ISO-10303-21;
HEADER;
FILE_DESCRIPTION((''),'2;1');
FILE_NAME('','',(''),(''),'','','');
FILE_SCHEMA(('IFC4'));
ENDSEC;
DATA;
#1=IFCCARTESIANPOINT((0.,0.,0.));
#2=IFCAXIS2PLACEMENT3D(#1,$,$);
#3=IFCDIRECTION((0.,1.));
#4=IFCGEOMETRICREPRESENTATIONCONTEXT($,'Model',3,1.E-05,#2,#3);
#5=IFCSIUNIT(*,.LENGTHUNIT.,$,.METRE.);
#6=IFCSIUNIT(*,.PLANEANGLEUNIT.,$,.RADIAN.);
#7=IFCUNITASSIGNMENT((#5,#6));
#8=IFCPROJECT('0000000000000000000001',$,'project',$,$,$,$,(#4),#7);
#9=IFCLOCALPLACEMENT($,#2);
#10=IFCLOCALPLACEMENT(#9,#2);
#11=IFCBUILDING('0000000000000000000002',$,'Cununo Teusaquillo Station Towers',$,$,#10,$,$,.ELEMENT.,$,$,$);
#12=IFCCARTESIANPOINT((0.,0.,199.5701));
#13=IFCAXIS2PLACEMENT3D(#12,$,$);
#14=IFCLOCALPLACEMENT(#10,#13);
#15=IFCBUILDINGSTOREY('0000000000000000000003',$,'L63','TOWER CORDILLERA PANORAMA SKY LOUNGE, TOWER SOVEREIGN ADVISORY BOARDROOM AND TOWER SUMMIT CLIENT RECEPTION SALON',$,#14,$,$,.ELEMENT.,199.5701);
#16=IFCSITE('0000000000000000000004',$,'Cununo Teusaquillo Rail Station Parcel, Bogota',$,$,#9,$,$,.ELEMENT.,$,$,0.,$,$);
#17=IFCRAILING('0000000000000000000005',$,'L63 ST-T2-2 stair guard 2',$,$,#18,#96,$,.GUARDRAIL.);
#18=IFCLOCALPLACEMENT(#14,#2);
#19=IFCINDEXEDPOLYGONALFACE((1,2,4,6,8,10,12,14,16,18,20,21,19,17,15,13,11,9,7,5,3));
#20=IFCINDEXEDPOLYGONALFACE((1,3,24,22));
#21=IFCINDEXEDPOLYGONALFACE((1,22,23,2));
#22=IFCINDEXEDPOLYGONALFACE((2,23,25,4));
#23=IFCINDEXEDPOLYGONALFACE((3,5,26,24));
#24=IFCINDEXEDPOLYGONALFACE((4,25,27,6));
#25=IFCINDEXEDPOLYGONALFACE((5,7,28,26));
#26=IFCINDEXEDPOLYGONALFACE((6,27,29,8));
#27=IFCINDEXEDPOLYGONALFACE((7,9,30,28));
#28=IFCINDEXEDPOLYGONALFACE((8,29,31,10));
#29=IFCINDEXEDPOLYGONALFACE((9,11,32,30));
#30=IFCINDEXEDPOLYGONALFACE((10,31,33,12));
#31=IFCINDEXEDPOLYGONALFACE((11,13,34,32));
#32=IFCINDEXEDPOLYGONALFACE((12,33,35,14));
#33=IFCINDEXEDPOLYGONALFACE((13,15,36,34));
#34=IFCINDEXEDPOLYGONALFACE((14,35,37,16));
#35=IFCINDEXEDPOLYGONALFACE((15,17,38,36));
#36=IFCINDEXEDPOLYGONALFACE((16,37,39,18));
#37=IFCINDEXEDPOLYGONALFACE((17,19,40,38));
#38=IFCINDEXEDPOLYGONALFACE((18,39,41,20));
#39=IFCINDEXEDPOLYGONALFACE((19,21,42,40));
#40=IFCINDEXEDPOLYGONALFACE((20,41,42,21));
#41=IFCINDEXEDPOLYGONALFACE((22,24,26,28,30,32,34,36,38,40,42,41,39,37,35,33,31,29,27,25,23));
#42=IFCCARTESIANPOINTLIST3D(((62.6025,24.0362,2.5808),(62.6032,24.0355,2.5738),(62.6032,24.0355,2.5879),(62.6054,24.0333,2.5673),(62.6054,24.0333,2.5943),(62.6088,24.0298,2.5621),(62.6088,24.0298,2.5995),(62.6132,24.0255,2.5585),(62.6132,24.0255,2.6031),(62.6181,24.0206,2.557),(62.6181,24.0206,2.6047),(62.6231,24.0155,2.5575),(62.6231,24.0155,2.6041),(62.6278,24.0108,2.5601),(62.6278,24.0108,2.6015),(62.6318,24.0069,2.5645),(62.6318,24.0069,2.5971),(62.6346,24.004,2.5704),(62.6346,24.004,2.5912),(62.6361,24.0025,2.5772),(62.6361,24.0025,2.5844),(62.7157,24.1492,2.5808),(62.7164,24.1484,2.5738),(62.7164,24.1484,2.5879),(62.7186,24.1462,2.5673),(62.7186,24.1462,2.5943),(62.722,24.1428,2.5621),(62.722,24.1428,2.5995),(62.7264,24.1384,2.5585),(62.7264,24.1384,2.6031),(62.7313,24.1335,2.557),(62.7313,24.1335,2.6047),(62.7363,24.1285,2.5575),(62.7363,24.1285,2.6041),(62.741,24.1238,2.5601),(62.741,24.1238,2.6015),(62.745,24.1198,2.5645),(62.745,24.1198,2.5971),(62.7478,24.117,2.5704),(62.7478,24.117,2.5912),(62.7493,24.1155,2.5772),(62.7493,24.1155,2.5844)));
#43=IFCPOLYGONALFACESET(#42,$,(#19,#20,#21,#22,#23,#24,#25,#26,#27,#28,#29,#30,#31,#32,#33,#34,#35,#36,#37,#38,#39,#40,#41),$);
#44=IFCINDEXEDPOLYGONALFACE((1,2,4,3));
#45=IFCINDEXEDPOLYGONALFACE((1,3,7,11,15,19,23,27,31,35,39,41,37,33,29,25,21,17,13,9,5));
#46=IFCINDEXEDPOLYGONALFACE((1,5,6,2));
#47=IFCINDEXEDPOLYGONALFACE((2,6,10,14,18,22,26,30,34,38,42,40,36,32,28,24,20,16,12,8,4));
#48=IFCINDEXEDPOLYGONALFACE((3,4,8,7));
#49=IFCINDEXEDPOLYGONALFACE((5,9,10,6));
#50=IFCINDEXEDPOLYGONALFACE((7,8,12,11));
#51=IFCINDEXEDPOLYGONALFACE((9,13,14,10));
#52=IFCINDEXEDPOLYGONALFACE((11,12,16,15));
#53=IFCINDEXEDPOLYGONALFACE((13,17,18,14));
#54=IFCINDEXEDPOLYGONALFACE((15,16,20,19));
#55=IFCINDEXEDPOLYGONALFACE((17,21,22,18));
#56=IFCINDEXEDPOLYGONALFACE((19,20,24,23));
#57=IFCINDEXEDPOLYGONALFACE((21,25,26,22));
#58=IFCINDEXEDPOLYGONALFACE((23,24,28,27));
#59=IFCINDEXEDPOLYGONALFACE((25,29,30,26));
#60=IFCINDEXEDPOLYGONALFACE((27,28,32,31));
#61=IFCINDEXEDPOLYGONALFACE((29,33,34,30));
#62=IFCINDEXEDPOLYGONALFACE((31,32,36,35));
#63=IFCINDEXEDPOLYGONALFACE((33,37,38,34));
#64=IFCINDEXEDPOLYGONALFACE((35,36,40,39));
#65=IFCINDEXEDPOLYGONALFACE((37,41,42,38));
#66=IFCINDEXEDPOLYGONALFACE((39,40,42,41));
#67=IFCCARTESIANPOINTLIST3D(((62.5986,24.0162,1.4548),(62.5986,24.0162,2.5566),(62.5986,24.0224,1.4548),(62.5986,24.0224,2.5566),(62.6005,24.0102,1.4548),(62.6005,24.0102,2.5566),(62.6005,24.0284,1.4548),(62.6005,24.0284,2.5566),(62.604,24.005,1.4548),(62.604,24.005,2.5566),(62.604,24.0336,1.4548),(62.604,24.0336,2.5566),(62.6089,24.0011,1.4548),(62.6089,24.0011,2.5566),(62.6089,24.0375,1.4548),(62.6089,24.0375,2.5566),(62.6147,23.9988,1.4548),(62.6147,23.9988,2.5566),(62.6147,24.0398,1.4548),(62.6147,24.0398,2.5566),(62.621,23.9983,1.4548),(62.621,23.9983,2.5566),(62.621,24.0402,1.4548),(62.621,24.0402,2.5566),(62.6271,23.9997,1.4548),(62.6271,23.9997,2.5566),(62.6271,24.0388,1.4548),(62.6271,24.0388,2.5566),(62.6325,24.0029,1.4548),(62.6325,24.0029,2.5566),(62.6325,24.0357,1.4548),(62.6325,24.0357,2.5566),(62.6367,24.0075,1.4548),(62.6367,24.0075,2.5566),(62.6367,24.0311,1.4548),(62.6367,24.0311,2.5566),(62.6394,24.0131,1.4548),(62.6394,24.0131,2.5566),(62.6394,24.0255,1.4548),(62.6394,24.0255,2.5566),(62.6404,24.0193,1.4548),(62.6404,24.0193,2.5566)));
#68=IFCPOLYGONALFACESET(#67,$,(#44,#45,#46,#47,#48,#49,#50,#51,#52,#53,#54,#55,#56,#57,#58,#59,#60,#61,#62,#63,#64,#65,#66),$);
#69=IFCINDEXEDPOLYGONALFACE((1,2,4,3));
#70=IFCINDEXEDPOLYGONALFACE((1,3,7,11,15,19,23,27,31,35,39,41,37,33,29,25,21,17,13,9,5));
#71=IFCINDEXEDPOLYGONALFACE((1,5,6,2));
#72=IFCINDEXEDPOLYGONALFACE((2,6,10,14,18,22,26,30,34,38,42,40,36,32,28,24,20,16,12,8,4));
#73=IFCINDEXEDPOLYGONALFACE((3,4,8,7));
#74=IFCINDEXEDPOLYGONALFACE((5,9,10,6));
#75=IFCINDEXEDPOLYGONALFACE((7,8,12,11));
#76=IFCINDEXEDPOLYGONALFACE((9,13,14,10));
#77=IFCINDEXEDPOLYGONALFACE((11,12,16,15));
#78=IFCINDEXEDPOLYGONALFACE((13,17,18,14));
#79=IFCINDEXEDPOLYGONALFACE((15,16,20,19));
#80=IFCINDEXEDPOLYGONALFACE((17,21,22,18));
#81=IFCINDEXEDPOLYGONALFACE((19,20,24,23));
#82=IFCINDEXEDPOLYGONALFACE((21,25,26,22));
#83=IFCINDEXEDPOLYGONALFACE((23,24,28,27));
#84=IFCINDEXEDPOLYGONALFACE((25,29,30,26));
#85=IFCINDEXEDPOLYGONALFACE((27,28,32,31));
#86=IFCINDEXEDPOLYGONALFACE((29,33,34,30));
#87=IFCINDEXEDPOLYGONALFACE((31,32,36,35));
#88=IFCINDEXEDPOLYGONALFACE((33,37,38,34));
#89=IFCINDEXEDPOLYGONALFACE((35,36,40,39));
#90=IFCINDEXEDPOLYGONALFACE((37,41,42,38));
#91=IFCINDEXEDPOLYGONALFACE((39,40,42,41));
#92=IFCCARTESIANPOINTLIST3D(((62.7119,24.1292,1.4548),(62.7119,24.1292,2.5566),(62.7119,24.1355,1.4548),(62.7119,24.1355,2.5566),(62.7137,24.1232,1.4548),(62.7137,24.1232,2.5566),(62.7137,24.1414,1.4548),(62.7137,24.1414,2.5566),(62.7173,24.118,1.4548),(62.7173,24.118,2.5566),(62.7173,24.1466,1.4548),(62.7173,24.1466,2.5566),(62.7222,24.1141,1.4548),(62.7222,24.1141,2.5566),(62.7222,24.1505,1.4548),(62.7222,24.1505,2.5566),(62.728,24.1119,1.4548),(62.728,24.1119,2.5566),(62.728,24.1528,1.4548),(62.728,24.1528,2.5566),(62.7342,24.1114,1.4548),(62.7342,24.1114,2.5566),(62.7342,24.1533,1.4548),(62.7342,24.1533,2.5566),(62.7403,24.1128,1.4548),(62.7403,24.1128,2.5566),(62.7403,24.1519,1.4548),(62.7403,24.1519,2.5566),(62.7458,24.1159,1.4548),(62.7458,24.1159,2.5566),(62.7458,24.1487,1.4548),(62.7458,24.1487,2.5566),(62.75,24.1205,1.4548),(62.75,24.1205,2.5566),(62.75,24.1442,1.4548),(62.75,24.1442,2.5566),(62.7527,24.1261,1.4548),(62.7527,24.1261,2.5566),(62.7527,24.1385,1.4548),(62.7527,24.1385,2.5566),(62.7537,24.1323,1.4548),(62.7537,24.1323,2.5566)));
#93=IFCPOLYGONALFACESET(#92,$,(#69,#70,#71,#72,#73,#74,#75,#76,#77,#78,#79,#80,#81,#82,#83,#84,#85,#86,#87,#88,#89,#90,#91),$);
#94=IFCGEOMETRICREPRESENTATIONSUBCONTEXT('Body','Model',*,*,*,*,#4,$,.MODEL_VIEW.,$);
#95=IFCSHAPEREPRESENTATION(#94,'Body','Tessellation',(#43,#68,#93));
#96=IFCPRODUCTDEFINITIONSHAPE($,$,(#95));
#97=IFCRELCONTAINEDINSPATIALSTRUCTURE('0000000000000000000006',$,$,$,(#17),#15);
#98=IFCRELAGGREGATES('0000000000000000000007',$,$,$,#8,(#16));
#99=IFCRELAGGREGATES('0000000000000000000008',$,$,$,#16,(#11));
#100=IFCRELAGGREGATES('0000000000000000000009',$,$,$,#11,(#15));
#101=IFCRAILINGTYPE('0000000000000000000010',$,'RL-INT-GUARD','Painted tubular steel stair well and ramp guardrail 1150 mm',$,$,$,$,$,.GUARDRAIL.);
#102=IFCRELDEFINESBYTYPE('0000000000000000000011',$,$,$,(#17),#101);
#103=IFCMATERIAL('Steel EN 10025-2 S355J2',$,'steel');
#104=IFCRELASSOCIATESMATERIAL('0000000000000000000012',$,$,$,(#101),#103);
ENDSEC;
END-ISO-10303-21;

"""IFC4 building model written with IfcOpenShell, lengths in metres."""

from ifc_helpers import new_model, si_unit, direction, frame, origin, origin_2d, place, context, subcontext, project, spatial, circle, extrude, material, type_object, element, save


model = new_model("IFC4")

# Units and contexts
model_context = context("Model", 3, precision=1e-05, world=origin(), true_north=direction((0.0, 1.0)))
body_context = subcontext(model_context, "Body", "Model", "MODEL_VIEW")
ifc_project = project(units=[si_unit("LENGTHUNIT", "METRE"), si_unit("PLANEANGLEUNIT", "RADIAN")], contexts=[model_context])

# Site, building, storey
site_placement = place(None, origin())
site = spatial("IfcSite", under=ifc_project, at=site_placement, Name="Cununo Teusaquillo Rail Station Parcel, Bogota", CompositionType="ELEMENT", RefElevation=0.0)
building_placement = place(site_placement, origin())
building = spatial("IfcBuilding", under=site, at=building_placement, Name="Cununo Teusaquillo Station Towers", CompositionType="ELEMENT")
storey_placement = place(building_placement, frame((0.0, 0.0, 199.5701)))
storey = spatial("IfcBuildingStorey", under=building, at=storey_placement, Name="L63", Description="TOWER CORDILLERA PANORAMA SKY LOUNGE, TOWER SOVEREIGN ADVISORY BOARDROOM AND TOWER SUMMIT CLIENT RECEPTION SALON", CompositionType="ELEMENT", Elevation=199.5701)

# Railing
ifc_material_1 = material(Name="Steel EN 10025-2 S355J2", Category="steel")
railing_type_1 = type_object("IfcRailingType", Name="RL-INT-GUARD", Description="Painted tubular steel stair well and ramp guardrail 1150 mm", PredefinedType="GUARDRAIL", material=ifc_material_1)
railing_1_placement = place(storey_placement, frame((62.6194, 24.0193, 1.4548)))
element("IfcRailing", 1, at=railing_1_placement, inside=storey, type_object=railing_type_1, Name="L63 ST-T2-2 stair guard 2", PredefinedType="GUARDRAIL", context=body_context, shape_type="SweptSolid", body=[
    extrude(circle(Radius=0.0239, at=origin_2d()), frame((0.0, 0.0, 1.126), z_axis=(0.707869, 0.706344, 0.0), x_axis=(-0.706344, 0.707869, 0.0)), (0.0, 0.0, 1.0), 0.1599),
    extrude(circle(Radius=0.021, at=origin_2d()), origin(), (0.0, 0.0, 1.0), 1.1018),
    extrude(circle(Radius=0.021, at=origin_2d()), frame((0.1133, 0.113, 0.0)), (0.0, 0.0, 1.0), 1.1018),
])

save(model, "model.ifc")
